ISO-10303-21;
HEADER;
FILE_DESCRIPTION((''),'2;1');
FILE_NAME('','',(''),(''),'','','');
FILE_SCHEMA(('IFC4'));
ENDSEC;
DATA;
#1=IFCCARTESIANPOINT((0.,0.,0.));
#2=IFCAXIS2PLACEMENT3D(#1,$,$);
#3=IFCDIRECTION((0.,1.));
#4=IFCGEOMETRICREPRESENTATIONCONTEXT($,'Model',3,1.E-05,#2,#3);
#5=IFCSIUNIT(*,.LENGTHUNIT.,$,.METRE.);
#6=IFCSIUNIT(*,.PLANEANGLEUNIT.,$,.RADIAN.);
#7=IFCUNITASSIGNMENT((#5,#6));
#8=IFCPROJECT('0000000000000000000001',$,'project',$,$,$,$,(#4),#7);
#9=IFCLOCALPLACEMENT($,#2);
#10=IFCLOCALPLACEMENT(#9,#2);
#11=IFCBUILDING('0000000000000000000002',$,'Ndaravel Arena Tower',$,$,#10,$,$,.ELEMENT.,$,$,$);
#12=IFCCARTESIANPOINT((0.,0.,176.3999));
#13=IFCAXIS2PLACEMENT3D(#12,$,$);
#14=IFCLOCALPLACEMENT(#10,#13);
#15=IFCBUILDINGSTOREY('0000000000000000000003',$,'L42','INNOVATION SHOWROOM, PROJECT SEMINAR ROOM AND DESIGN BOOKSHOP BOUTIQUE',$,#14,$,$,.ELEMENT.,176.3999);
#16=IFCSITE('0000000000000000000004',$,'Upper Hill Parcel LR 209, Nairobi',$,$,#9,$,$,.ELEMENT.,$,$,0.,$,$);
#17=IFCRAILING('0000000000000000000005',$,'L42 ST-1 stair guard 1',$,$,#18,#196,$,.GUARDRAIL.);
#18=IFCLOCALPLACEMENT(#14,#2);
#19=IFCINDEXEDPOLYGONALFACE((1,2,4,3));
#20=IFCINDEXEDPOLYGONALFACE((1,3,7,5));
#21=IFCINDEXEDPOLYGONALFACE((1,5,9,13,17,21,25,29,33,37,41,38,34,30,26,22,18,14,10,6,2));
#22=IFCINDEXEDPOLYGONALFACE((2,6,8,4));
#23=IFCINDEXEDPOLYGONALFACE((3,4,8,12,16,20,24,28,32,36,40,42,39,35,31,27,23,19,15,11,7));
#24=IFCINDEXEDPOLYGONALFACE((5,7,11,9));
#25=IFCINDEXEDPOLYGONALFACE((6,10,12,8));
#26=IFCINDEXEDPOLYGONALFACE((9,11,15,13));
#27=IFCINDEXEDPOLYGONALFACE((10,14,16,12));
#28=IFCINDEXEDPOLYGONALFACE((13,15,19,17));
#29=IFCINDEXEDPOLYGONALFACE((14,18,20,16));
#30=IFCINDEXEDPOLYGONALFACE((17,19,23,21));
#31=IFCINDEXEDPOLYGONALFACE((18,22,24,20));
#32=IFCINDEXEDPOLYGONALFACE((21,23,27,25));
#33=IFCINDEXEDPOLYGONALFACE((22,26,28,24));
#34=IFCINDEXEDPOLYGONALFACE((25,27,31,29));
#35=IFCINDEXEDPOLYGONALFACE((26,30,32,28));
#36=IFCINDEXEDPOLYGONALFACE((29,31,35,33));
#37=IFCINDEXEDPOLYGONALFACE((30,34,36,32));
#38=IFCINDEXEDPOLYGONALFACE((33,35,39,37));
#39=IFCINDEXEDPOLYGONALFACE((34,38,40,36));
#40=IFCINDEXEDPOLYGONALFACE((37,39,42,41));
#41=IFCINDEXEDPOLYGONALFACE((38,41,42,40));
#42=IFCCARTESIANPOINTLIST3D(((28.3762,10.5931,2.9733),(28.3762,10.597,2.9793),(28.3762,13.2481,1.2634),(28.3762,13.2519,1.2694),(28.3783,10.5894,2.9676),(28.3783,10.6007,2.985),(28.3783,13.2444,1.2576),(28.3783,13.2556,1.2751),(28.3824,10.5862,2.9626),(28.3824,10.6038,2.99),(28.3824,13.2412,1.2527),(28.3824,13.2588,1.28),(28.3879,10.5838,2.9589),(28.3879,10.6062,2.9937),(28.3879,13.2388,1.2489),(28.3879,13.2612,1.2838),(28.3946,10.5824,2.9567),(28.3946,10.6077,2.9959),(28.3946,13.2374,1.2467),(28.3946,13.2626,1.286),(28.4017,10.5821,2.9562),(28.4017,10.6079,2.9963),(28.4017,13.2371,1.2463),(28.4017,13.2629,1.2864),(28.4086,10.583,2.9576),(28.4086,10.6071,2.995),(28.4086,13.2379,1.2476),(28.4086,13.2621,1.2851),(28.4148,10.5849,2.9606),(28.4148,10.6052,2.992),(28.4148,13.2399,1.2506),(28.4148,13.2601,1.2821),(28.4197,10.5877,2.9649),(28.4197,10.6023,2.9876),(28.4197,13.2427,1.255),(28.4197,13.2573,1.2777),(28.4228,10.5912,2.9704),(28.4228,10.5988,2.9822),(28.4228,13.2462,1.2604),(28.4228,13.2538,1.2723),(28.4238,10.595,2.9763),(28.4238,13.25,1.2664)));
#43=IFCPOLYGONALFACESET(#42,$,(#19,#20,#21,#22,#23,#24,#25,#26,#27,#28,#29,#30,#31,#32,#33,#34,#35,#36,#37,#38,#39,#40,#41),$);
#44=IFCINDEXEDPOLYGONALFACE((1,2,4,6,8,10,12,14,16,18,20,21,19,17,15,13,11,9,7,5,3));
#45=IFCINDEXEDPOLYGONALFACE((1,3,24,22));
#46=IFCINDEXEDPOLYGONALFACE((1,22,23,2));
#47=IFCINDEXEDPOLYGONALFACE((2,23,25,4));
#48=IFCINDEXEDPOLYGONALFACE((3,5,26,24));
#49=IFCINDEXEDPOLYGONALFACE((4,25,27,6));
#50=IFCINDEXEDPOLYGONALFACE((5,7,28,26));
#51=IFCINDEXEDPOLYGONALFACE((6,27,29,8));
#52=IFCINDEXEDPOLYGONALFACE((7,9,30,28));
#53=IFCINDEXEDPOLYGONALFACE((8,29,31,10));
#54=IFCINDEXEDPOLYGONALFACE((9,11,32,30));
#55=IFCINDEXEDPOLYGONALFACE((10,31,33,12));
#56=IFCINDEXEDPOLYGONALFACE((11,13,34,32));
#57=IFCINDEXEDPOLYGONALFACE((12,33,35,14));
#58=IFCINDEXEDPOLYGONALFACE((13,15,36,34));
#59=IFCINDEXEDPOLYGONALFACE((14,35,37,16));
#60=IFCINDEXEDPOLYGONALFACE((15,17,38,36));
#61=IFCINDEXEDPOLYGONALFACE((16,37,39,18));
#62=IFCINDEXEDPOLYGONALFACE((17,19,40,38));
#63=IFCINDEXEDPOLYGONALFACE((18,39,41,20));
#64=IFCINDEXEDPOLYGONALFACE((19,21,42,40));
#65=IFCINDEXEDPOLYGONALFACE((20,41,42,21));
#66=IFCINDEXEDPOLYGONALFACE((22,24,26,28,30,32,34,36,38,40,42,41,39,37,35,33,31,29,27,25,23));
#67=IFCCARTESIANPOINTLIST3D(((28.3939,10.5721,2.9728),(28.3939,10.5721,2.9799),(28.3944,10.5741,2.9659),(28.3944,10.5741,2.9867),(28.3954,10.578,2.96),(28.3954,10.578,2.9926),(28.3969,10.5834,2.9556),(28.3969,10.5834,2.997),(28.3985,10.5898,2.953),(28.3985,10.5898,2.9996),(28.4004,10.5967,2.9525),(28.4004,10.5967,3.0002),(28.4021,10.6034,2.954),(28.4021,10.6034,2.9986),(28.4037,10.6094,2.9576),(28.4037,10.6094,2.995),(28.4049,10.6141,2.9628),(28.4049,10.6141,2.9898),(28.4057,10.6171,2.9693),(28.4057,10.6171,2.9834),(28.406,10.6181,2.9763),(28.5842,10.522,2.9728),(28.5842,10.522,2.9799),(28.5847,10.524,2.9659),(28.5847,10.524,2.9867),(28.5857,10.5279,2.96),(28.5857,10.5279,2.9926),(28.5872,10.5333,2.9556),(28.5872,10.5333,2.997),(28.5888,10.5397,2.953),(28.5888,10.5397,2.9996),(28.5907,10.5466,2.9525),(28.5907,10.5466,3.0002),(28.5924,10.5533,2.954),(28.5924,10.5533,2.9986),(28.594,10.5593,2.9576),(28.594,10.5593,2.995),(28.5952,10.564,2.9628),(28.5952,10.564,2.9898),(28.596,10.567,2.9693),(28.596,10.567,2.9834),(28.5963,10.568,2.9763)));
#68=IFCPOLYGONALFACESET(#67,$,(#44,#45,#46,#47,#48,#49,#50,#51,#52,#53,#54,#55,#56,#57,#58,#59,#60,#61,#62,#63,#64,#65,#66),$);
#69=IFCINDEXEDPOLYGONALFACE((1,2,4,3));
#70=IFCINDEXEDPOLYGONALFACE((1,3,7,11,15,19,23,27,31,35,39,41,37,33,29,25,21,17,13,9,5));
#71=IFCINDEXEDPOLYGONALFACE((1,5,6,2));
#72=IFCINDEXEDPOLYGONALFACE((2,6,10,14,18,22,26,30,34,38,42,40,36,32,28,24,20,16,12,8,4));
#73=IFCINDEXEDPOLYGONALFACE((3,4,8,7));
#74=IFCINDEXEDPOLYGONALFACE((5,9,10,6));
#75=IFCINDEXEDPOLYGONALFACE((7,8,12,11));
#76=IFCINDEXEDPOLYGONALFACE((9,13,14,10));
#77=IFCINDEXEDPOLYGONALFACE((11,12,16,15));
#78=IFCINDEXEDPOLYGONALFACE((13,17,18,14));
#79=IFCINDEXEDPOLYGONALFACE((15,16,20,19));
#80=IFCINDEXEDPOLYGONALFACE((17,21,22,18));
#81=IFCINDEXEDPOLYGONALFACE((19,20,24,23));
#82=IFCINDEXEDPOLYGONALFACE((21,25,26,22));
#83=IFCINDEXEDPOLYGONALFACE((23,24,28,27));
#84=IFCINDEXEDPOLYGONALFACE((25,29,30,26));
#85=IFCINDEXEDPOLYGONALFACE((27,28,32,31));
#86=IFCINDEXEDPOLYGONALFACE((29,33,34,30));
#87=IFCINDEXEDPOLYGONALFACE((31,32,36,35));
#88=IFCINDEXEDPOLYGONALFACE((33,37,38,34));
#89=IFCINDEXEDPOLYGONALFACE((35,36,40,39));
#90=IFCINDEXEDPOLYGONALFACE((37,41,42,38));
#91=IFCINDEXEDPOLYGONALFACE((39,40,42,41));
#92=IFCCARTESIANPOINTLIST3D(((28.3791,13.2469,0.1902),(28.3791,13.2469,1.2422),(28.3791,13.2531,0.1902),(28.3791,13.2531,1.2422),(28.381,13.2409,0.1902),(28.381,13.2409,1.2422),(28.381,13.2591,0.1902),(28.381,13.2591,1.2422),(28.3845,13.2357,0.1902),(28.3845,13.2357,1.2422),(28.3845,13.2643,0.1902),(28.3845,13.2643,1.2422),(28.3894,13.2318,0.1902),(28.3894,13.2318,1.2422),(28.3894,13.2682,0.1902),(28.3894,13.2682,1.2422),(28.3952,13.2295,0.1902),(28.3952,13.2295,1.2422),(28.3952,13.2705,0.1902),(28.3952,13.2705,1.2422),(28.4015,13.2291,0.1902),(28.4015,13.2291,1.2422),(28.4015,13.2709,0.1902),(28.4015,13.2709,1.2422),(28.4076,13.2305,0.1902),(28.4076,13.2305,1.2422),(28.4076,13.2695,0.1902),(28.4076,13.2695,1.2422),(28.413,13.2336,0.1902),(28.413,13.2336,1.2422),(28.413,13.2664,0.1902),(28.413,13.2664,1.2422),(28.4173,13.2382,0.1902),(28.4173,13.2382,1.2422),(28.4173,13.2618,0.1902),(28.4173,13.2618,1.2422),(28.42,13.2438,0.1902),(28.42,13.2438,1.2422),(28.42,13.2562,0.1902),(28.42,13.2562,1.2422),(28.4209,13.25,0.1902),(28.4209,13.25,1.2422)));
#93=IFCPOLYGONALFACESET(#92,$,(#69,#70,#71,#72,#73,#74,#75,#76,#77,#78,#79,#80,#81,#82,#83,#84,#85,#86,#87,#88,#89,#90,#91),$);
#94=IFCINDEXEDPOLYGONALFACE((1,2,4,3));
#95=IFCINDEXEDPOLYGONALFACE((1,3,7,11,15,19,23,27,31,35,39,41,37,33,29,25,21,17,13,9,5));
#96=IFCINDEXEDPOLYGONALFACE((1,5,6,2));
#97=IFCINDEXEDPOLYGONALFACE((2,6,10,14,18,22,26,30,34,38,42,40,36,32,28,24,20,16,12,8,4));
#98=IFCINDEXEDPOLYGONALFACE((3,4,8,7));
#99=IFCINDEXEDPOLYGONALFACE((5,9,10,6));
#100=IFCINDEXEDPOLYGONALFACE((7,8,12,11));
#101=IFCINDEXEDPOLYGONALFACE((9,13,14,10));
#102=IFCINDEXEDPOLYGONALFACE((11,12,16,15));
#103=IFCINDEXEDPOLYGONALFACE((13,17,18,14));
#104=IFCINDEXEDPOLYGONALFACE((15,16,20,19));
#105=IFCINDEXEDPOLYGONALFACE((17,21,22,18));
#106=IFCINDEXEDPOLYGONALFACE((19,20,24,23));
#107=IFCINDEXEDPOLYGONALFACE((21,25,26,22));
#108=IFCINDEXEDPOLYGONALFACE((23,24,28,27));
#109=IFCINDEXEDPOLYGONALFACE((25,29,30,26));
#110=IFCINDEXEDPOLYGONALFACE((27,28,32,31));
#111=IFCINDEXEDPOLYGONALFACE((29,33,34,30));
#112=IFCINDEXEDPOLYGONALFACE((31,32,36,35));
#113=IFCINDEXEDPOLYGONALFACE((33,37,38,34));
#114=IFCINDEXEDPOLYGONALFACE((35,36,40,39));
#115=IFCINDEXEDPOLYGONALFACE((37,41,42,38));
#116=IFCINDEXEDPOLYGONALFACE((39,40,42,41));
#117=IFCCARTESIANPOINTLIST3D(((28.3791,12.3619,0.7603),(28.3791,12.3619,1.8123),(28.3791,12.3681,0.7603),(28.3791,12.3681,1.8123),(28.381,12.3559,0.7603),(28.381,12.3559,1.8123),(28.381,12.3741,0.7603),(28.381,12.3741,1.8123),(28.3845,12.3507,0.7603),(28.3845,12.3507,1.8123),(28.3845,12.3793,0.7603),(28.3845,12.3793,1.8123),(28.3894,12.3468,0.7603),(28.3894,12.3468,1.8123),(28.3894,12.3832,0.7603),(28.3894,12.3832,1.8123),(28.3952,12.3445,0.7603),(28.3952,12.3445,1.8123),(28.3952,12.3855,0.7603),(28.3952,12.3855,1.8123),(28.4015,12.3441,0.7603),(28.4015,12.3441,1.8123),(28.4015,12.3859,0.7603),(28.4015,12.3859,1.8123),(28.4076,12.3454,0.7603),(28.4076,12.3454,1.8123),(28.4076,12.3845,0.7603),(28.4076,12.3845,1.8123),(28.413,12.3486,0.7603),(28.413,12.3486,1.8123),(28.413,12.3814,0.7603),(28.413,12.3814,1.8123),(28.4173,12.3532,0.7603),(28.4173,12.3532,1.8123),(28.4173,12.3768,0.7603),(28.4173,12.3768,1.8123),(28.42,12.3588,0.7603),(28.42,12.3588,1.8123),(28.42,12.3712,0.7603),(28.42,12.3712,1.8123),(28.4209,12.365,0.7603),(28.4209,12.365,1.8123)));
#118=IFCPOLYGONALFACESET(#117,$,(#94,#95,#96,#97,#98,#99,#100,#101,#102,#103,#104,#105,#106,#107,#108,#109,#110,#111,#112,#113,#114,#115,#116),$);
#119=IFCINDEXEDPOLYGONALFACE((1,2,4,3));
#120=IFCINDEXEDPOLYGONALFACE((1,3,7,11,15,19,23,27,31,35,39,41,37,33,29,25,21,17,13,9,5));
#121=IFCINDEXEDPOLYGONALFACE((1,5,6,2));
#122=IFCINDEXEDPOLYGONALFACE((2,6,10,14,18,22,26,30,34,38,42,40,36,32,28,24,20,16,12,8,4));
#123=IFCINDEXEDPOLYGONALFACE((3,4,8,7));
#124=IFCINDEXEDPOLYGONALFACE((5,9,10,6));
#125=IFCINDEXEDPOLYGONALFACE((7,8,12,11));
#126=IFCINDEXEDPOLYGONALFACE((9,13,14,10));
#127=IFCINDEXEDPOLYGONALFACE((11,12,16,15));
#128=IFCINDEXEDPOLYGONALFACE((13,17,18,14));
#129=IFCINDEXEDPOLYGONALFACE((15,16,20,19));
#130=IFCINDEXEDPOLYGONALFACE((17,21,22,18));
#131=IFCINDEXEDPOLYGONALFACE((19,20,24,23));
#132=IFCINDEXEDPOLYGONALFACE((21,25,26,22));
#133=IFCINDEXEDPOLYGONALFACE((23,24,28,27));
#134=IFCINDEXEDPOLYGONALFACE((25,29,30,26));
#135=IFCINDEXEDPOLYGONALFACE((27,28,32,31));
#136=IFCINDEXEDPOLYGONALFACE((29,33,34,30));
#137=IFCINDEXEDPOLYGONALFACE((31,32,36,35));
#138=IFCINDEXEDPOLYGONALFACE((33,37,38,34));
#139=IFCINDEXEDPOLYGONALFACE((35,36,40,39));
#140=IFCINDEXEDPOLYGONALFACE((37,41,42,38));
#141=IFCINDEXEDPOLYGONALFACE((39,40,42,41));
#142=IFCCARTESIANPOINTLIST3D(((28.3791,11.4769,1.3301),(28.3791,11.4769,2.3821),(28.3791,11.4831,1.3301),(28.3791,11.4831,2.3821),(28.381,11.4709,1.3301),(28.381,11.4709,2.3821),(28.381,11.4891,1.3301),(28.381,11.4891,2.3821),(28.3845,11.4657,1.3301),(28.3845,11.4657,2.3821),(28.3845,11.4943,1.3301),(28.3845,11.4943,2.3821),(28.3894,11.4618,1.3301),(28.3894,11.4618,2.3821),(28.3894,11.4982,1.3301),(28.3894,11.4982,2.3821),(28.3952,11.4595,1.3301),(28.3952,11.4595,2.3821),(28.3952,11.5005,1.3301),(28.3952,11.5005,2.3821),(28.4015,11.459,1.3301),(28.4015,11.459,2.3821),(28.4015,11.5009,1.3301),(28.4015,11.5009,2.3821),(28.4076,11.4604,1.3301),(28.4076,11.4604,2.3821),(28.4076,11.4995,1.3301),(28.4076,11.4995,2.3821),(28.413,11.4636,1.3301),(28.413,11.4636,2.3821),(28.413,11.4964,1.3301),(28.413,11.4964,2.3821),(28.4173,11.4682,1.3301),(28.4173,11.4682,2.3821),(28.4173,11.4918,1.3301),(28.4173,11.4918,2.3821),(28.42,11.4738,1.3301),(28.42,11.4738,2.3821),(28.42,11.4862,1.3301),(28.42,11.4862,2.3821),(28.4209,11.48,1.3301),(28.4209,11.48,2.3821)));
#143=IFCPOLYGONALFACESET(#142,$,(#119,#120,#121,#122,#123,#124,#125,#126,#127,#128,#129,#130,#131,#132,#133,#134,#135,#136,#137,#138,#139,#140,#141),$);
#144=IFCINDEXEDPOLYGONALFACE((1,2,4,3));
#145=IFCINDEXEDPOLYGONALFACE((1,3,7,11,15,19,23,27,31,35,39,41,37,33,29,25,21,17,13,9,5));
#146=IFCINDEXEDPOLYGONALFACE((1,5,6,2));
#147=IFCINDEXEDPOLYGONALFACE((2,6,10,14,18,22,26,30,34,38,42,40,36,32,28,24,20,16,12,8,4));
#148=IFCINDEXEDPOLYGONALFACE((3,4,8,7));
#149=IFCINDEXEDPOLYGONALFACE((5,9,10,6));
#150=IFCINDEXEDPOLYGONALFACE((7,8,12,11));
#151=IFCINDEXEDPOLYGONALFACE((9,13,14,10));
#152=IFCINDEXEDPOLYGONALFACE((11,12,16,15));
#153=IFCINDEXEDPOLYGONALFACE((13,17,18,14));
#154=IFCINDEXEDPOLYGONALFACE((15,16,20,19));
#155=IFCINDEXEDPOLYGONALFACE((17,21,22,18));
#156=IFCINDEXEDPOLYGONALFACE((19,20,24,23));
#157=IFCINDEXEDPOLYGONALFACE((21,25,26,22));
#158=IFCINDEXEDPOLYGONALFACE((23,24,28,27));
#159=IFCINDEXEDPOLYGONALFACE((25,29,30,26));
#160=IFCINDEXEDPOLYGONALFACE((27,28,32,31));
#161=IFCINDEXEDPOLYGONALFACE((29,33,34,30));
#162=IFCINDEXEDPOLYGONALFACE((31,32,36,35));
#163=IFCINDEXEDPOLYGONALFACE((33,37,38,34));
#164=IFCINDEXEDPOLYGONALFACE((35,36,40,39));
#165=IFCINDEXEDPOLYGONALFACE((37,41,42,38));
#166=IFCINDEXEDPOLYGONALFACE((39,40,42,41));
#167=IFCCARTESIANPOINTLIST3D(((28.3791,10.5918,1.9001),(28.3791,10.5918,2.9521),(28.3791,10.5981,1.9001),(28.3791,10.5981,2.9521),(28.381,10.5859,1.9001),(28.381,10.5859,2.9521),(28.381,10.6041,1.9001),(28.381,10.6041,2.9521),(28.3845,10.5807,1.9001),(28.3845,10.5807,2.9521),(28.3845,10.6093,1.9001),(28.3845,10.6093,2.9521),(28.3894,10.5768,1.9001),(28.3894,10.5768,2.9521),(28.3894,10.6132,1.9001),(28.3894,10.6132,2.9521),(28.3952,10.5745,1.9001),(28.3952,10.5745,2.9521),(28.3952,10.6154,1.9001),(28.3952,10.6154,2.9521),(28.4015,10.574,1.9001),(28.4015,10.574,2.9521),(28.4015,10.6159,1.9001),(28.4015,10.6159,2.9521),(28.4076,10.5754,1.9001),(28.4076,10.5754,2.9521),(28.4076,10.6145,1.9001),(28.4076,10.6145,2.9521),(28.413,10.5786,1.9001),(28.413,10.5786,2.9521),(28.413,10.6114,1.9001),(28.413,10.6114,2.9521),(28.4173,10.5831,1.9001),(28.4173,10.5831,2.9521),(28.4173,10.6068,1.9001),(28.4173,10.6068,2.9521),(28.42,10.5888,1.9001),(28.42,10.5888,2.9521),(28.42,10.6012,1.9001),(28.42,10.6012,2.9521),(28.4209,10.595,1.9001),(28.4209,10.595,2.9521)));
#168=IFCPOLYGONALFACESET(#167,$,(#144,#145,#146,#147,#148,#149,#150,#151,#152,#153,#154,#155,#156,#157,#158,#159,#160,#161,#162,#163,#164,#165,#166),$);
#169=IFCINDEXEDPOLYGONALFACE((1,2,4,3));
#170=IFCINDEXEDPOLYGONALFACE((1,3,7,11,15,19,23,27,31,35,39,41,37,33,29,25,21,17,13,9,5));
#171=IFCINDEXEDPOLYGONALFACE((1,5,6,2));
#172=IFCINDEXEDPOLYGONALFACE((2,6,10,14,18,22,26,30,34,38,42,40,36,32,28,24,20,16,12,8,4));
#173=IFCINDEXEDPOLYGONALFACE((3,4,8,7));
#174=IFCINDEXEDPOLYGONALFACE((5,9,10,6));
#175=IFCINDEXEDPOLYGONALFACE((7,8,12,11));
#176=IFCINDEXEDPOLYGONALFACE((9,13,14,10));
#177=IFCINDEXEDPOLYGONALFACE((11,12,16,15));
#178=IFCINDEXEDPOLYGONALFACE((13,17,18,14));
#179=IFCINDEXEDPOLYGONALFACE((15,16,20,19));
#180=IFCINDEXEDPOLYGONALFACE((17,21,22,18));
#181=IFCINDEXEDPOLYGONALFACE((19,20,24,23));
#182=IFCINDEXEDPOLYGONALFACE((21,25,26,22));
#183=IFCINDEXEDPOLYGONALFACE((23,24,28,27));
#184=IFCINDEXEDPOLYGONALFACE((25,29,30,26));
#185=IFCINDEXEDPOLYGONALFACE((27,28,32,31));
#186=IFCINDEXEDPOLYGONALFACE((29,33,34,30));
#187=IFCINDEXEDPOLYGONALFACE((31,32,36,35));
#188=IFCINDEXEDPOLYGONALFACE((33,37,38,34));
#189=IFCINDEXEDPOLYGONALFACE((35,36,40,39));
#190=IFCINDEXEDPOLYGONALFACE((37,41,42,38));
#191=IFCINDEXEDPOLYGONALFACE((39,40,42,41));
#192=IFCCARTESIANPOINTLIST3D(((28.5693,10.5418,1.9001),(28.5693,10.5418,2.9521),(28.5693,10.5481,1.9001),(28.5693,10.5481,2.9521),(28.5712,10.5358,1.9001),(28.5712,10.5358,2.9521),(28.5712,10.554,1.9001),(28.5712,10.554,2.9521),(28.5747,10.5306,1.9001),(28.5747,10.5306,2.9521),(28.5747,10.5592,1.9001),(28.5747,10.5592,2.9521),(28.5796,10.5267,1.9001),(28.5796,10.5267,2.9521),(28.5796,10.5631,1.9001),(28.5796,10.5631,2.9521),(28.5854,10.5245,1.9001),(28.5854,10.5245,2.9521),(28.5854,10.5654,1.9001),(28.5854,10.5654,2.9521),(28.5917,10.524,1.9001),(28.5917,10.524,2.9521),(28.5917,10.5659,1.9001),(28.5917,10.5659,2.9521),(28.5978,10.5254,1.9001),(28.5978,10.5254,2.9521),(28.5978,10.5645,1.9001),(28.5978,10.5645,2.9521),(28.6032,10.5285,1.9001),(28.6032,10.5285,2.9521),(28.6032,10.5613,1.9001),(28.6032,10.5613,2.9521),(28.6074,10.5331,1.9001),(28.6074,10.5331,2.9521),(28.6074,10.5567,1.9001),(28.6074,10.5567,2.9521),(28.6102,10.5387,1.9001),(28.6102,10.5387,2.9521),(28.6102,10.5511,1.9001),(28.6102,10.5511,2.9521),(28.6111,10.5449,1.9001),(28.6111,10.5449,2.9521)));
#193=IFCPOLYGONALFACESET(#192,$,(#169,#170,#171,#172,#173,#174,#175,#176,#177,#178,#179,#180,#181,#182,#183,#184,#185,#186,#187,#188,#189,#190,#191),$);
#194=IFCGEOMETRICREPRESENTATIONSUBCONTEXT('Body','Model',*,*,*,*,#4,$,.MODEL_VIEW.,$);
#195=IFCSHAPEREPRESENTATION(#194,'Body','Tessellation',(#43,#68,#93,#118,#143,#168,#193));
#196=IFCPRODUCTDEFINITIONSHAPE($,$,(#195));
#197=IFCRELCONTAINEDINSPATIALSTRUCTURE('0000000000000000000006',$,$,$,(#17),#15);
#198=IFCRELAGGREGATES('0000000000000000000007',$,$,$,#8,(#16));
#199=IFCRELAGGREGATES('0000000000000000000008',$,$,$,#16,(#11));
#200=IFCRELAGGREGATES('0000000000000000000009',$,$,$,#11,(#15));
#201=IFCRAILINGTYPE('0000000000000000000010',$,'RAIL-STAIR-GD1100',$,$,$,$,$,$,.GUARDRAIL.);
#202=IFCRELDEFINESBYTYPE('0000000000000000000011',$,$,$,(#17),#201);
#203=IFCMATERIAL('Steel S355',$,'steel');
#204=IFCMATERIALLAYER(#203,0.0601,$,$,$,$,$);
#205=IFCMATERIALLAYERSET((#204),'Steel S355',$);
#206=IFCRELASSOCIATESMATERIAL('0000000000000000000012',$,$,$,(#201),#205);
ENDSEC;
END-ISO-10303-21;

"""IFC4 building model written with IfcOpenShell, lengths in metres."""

from ifc_helpers import new_model, si_unit, direction, frame, origin, origin_2d, place, context, subcontext, project, spatial, circle, extrude, material, layer, layer_set, type_object, element, save


model = new_model("IFC4")

# Units and contexts
model_context = context("Model", 3, precision=1e-05, world=origin(), true_north=direction((0.0, 1.0)))
body_context = subcontext(model_context, "Body", "Model", "MODEL_VIEW")
ifc_project = project(units=[si_unit("LENGTHUNIT", "METRE"), si_unit("PLANEANGLEUNIT", "RADIAN")], contexts=[model_context])

# Site, building, storey
site_placement = place(None, origin())
site = spatial("IfcSite", under=ifc_project, at=site_placement, Name="Upper Hill Parcel LR 209, Nairobi", CompositionType="ELEMENT", RefElevation=0.0)
building_placement = place(site_placement, origin())
building = spatial("IfcBuilding", under=site, at=building_placement, Name="Ndaravel Arena Tower", CompositionType="ELEMENT")
storey_placement = place(building_placement, frame((0.0, 0.0, 176.3999)))
storey = spatial("IfcBuildingStorey", under=building, at=storey_placement, Name="L42", Description="INNOVATION SHOWROOM, PROJECT SEMINAR ROOM AND DESIGN BOOKSHOP BOUTIQUE", CompositionType="ELEMENT", Elevation=176.3999)

# Railing
ifc_material_1 = material(Name="Steel S355", Category="steel")
ifc_layer_1 = layer(ifc_material_1, 0.0601)
ifc_layer_set_1 = layer_set([ifc_layer_1], Name="Steel S355")
railing_type_1 = type_object("IfcRailingType", Name="RAIL-STAIR-GD1100", PredefinedType="GUARDRAIL", material=ifc_layer_set_1)
railing_1_placement = place(storey_placement, frame((28.3999, 13.25, 0.1902)))
element("IfcRailing", 1, at=railing_1_placement, inside=storey, type_object=railing_type_1, Name="L42 ST-1 stair guard 1", PredefinedType="GUARDRAIL", context=body_context, shape_type="SweptSolid", body=[
    extrude(circle(Radius=0.0239, at=origin_2d()), frame((0.0, 0.0, 1.0762), z_axis=(0.0, -0.840724, 0.541465), x_axis=(1.0, 0.0, 0.0)), (0.0, 0.0, 1.0), 3.158),
    extrude(circle(Radius=0.0239, at=origin_2d()), frame((0.0, -2.655, 2.7861), z_axis=(0.967075, -0.254493, 0.0), x_axis=(0.254493, 0.967075, 0.0)), (0.0, 0.0, 1.0), 0.1968),
    extrude(circle(Radius=0.021, at=origin_2d()), origin(), (0.0, 0.0, 1.0), 1.052),
    extrude(circle(Radius=0.021, at=origin_2d()), frame((0.0, -0.885, 0.5701)), (0.0, 0.0, 1.0), 1.052),
    extrude(circle(Radius=0.021, at=origin_2d()), frame((0.0, -1.77, 1.1399)), (0.0, 0.0, 1.0), 1.052),
    extrude(circle(Radius=0.021, at=origin_2d()), frame((0.0, -2.655, 1.71)), (0.0, 0.0, 1.0), 1.052),
    extrude(circle(Radius=0.021, at=origin_2d()), frame((0.1902, -2.7051, 1.71)), (0.0, 0.0, 1.0), 1.052),
])

save(model, "model.ifc")
